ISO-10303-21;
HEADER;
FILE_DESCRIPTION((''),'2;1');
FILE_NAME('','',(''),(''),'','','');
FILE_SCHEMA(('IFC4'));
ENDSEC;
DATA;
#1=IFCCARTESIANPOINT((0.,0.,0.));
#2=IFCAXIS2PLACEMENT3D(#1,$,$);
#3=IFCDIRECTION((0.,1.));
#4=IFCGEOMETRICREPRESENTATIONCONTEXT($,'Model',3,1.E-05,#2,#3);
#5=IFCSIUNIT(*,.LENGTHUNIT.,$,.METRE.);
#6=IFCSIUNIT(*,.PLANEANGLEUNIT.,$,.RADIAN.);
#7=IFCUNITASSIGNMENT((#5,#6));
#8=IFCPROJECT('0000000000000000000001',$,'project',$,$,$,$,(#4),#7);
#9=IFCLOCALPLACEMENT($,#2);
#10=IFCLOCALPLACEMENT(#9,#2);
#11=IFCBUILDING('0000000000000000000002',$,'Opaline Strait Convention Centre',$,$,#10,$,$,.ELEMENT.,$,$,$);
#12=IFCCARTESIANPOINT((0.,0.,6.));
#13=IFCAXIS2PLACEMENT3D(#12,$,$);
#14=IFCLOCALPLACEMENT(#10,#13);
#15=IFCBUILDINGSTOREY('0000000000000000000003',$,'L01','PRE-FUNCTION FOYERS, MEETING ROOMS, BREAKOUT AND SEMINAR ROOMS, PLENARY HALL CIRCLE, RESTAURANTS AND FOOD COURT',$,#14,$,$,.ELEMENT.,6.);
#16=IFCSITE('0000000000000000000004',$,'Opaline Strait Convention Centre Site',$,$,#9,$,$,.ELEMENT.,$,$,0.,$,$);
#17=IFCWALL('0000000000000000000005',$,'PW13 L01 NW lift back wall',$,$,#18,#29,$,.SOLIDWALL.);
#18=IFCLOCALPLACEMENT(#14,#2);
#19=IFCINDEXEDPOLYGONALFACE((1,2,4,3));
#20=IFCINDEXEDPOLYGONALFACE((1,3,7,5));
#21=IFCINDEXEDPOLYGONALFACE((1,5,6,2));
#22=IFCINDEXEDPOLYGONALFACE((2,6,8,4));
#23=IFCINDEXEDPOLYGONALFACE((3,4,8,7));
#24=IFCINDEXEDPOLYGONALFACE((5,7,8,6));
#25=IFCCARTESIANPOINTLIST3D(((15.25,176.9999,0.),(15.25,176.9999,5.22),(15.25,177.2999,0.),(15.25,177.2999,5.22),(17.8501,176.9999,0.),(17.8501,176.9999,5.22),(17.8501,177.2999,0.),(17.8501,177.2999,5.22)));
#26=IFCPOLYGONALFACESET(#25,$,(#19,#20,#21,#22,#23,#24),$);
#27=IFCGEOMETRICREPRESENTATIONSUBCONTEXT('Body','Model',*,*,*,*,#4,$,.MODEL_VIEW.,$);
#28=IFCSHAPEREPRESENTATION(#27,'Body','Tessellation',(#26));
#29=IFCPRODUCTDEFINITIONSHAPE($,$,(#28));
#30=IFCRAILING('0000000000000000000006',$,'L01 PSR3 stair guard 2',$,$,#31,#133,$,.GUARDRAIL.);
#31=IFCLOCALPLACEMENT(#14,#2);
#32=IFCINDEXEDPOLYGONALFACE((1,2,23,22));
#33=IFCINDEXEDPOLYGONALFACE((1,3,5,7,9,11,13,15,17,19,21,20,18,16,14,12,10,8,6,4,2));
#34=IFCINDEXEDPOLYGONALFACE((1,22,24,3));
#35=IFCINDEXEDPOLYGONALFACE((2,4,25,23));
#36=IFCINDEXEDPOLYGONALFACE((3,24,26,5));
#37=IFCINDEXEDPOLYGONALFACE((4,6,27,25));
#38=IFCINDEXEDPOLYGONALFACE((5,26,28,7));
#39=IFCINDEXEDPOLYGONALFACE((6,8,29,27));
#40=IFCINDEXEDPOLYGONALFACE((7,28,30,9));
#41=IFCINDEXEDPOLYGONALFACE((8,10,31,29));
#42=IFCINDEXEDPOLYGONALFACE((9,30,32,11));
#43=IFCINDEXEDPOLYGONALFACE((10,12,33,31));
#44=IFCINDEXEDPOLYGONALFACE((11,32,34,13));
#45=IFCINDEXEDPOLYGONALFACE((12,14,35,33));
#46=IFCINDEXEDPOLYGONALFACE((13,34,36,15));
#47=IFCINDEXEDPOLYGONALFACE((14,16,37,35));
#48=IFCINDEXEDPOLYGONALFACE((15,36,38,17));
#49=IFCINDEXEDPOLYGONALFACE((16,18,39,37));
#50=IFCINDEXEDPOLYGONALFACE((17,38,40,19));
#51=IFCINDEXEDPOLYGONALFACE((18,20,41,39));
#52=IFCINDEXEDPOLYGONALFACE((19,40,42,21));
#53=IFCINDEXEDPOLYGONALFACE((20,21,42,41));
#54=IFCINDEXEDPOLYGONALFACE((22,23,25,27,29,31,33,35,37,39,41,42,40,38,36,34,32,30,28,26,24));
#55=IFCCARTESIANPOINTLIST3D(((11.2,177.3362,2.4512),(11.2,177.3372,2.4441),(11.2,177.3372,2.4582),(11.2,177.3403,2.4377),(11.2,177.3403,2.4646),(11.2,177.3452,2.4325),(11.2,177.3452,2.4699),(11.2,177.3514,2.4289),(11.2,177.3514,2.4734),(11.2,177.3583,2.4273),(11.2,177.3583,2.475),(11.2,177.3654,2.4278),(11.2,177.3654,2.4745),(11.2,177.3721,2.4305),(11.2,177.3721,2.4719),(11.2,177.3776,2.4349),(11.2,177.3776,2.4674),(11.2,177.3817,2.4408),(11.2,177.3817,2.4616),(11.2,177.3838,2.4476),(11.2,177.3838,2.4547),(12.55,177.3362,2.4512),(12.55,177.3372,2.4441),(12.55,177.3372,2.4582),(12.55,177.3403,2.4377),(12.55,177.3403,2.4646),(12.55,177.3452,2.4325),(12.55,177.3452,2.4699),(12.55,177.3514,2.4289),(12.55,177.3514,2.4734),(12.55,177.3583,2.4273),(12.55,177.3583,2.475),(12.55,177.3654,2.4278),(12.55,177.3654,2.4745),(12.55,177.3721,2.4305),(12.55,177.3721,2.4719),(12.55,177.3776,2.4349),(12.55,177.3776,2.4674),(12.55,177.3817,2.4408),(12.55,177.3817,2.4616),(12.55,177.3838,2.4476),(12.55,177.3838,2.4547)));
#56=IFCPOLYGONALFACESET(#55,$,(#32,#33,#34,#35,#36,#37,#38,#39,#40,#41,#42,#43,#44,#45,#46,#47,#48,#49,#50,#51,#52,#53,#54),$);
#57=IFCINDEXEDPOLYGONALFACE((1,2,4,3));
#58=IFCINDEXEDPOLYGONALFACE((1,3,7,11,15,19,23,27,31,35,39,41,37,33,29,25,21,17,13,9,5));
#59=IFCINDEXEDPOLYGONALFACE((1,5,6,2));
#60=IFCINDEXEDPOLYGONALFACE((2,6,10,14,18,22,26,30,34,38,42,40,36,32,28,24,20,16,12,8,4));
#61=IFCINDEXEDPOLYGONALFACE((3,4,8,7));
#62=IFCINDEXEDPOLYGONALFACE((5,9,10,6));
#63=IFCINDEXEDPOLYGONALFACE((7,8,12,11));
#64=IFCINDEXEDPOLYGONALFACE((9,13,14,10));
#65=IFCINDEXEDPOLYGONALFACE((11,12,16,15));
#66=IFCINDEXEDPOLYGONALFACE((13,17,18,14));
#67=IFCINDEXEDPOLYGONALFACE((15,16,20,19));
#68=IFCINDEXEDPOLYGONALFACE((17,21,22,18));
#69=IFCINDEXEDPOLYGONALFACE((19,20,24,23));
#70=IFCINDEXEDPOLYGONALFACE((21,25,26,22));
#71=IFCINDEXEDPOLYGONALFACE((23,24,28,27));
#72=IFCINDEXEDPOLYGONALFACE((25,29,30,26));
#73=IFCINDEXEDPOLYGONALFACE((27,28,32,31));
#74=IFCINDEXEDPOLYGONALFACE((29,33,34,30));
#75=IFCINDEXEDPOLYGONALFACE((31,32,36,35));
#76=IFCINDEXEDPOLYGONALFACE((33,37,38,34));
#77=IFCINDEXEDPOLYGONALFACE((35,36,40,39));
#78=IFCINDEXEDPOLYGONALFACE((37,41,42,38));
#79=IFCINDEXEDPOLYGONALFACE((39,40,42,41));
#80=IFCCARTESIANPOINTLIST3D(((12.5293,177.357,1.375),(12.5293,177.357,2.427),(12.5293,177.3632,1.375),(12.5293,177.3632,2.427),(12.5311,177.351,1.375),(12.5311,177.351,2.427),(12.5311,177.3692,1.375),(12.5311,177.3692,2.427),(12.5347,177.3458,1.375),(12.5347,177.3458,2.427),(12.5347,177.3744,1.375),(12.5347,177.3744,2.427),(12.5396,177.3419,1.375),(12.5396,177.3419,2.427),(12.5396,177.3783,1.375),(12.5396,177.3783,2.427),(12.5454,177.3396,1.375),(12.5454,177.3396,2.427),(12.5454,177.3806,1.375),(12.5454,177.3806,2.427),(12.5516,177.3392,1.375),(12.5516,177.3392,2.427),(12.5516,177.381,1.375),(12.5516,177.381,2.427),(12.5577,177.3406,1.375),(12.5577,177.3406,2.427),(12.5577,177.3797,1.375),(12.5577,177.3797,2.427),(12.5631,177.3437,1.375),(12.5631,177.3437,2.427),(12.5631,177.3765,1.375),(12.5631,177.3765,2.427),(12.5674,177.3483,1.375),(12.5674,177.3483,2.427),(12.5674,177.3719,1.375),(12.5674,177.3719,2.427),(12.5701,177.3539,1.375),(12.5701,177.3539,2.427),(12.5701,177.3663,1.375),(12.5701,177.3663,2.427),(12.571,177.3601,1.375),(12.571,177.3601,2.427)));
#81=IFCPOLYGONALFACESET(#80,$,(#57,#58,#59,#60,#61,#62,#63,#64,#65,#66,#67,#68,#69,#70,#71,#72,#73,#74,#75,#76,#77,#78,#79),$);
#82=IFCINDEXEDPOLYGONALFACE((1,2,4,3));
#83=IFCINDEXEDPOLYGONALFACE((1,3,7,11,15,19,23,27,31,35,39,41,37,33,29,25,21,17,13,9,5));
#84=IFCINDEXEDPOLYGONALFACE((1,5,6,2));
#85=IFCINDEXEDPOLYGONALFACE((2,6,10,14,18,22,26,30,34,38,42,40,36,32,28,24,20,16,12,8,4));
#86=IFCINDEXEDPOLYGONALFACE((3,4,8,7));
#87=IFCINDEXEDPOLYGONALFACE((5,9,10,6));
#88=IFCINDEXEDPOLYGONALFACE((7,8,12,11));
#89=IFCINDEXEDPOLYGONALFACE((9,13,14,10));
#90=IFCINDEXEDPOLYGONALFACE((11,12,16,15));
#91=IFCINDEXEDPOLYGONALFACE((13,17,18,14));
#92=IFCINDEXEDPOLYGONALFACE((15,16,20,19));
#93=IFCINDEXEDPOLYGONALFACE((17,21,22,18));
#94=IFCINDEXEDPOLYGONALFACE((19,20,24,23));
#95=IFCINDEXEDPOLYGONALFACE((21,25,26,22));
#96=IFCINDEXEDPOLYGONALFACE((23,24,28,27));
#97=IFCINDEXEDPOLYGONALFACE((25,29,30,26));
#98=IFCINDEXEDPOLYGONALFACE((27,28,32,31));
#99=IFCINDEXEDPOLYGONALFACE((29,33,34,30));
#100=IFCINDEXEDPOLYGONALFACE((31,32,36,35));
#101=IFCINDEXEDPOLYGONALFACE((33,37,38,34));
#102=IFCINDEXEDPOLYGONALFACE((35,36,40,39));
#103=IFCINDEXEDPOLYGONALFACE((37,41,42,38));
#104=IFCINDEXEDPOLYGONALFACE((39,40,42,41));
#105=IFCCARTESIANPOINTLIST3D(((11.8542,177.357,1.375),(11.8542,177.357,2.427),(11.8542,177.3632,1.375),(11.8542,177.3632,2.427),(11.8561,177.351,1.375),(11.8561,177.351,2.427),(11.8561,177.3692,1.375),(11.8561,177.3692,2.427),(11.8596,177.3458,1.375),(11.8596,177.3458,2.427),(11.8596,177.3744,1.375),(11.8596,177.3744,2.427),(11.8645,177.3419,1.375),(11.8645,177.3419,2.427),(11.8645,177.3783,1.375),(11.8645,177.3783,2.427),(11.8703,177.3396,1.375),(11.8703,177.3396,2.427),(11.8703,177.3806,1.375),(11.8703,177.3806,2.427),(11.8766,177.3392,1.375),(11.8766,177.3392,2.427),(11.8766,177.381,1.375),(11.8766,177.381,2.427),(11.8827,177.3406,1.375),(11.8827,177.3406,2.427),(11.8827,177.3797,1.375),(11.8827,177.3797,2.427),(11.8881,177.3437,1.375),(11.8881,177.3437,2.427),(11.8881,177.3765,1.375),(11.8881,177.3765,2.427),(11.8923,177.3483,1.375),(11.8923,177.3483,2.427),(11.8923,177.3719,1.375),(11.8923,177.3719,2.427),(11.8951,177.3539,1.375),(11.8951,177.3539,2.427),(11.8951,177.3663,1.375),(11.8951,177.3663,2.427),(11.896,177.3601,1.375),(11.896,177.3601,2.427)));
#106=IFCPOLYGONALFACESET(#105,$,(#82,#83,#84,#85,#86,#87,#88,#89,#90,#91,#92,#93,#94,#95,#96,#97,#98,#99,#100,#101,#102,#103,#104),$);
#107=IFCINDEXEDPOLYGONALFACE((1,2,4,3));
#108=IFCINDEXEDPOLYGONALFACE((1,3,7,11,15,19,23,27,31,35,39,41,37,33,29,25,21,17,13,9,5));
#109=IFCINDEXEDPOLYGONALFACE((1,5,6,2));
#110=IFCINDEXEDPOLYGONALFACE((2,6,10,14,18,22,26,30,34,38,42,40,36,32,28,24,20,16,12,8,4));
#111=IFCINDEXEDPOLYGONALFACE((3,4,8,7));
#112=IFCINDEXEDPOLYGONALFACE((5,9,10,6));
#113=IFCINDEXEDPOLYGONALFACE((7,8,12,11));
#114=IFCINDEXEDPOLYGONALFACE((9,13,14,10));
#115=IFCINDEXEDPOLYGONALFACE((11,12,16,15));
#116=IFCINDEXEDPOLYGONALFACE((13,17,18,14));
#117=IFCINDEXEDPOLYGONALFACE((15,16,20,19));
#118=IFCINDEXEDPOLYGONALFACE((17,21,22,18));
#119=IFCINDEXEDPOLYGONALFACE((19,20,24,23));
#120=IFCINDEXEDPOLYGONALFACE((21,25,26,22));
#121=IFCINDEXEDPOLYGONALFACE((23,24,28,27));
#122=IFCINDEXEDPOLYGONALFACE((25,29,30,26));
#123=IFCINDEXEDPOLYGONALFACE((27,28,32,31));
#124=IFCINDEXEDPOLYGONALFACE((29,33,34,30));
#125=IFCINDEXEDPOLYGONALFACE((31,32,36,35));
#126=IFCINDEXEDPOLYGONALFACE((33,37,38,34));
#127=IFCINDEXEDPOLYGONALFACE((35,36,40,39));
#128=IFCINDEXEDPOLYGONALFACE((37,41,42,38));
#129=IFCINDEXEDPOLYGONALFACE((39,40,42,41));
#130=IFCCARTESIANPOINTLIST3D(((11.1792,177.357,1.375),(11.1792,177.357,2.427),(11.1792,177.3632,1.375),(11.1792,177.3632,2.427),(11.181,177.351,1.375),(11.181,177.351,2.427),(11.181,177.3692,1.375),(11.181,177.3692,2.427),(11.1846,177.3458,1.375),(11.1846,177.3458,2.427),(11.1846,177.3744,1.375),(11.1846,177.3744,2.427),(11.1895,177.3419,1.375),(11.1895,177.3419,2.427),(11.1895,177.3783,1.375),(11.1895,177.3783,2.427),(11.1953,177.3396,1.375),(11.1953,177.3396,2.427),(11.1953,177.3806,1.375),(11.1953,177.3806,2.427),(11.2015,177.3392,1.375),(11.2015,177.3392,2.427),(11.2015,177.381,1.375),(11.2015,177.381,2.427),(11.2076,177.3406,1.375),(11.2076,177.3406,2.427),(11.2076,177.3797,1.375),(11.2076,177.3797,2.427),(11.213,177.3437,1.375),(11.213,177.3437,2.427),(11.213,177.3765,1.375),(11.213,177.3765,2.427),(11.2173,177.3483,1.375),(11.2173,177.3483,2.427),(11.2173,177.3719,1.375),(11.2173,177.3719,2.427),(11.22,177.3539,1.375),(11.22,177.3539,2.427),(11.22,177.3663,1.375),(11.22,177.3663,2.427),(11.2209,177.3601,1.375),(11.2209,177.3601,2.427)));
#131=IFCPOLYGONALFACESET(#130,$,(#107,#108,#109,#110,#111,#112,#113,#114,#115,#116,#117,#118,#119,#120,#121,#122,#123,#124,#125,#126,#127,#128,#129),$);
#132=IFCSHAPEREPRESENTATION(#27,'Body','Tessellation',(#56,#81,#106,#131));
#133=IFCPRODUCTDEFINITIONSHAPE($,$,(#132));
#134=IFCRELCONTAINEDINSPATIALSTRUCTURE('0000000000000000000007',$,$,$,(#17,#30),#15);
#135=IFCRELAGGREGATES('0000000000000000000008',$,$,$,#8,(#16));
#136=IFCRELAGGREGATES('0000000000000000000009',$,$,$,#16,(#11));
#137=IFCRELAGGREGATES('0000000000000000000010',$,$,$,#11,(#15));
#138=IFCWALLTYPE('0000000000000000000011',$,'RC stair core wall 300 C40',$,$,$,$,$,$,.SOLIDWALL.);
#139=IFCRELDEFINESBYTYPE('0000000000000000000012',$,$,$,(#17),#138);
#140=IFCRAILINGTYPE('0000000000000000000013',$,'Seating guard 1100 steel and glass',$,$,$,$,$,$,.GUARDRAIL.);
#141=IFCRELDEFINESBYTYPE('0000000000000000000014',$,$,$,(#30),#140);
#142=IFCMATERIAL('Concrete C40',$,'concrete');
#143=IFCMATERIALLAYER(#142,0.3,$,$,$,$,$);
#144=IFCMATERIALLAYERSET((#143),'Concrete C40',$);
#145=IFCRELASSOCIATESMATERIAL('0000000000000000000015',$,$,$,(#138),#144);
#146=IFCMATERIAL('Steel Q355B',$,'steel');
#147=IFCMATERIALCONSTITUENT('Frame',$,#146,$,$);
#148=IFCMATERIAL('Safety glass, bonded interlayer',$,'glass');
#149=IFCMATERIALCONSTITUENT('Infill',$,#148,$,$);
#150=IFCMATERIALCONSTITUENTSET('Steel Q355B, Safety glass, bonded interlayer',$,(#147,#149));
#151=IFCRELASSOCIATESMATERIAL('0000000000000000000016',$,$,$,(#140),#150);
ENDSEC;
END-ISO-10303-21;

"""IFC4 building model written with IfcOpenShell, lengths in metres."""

from ifc_helpers import new_model, si_unit, direction, frame, frame_2d, origin, origin_2d, place, context, subcontext, project, spatial, rectangle, circle, extrude, material, layer, layer_set, constituent, constituent_set, type_object, element, save


model = new_model("IFC4")

# Units and contexts
model_context = context("Model", 3, precision=1e-05, world=origin(), true_north=direction((0.0, 1.0)))
body_context = subcontext(model_context, "Body", "Model", "MODEL_VIEW")
ifc_project = project(units=[si_unit("LENGTHUNIT", "METRE"), si_unit("PLANEANGLEUNIT", "RADIAN")], contexts=[model_context])

# Site, building, storey
site_placement = place(None, origin())
site = spatial("IfcSite", under=ifc_project, at=site_placement, Name="Opaline Strait Convention Centre Site", CompositionType="ELEMENT", RefElevation=0.0)
building_placement = place(site_placement, origin())
building = spatial("IfcBuilding", under=site, at=building_placement, Name="Opaline Strait Convention Centre", CompositionType="ELEMENT")
storey_placement = place(building_placement, frame((0.0, 0.0, 6.0)))
storey = spatial("IfcBuildingStorey", under=building, at=storey_placement, Name="L01", Description="PRE-FUNCTION FOYERS, MEETING ROOMS, BREAKOUT AND SEMINAR ROOMS, PLENARY HALL CIRCLE, RESTAURANTS AND FOOD COURT", CompositionType="ELEMENT", Elevation=6.0)

# Shared definitions
ifc_material_1 = material(Name="Concrete C40", Category="concrete")

# Wall
ifc_layer_1 = layer(ifc_material_1, 0.3)
ifc_layer_set_1 = layer_set([ifc_layer_1], Name="Concrete C40")
wall_type_1 = type_object("IfcWallType", Name="RC stair core wall 300 C40", PredefinedType="SOLIDWALL", material=ifc_layer_set_1)
wall_1_placement = place(storey_placement, frame((15.25, 177.1499, 0.0), z_axis=(0.0, 0.0, 1.0), x_axis=(1.0, 0.0, 0.0)))
element("IfcWall", 1, at=wall_1_placement, inside=storey, type_object=wall_type_1, Name="PW13 L01 NW lift back wall", PredefinedType="SOLIDWALL", context=body_context, shape_type="SweptSolid", body=[
    extrude(rectangle(XDim=2.6001, YDim=0.3, at=frame_2d((1.3, 0.0))), origin(), (0.0, 0.0, 1.0), 5.22),
])

# Railing
ifc_material_2 = material(Name="Steel Q355B", Category="steel")
ifc_constituent_1 = constituent(ifc_material_2, Name="Frame")
ifc_material_3 = material(Name="Safety glass, bonded interlayer", Category="glass")
ifc_constituent_2 = constituent(ifc_material_3, Name="Infill")
ifc_constituent_set = constituent_set(constituents=[ifc_constituent_1, ifc_constituent_2], Name="Steel Q355B, Safety glass, bonded interlayer")
railing_type = type_object("IfcRailingType", Name="Seating guard 1100 steel and glass", PredefinedType="GUARDRAIL", material=ifc_constituent_set)
railing_1_placement = place(storey_placement, frame((12.55, 177.3601, 1.375)))
element("IfcRailing", 2, at=railing_1_placement, inside=storey, type_object=railing_type, Name="L01 PSR3 stair guard 2", PredefinedType="GUARDRAIL", context=body_context, shape_type="SweptSolid", body=[
    extrude(circle(Radius=0.0239, at=origin_2d()), frame((0.0, 0.0, 1.0762), z_axis=(-1.0, 0.0, 0.0), x_axis=(0.0, -1.0, 0.0)), (0.0, 0.0, 1.0), 1.3501),
    extrude(circle(Radius=0.021, at=origin_2d()), origin(), (0.0, 0.0, 1.0), 1.052),
    extrude(circle(Radius=0.021, at=origin_2d()), frame((-0.675, 0.0, 0.0)), (0.0, 0.0, 1.0), 1.052),
    extrude(circle(Radius=0.021, at=origin_2d()), frame((-1.3501, 0.0, 0.0)), (0.0, 0.0, 1.0), 1.052),
])

save(model, "model.ifc")
